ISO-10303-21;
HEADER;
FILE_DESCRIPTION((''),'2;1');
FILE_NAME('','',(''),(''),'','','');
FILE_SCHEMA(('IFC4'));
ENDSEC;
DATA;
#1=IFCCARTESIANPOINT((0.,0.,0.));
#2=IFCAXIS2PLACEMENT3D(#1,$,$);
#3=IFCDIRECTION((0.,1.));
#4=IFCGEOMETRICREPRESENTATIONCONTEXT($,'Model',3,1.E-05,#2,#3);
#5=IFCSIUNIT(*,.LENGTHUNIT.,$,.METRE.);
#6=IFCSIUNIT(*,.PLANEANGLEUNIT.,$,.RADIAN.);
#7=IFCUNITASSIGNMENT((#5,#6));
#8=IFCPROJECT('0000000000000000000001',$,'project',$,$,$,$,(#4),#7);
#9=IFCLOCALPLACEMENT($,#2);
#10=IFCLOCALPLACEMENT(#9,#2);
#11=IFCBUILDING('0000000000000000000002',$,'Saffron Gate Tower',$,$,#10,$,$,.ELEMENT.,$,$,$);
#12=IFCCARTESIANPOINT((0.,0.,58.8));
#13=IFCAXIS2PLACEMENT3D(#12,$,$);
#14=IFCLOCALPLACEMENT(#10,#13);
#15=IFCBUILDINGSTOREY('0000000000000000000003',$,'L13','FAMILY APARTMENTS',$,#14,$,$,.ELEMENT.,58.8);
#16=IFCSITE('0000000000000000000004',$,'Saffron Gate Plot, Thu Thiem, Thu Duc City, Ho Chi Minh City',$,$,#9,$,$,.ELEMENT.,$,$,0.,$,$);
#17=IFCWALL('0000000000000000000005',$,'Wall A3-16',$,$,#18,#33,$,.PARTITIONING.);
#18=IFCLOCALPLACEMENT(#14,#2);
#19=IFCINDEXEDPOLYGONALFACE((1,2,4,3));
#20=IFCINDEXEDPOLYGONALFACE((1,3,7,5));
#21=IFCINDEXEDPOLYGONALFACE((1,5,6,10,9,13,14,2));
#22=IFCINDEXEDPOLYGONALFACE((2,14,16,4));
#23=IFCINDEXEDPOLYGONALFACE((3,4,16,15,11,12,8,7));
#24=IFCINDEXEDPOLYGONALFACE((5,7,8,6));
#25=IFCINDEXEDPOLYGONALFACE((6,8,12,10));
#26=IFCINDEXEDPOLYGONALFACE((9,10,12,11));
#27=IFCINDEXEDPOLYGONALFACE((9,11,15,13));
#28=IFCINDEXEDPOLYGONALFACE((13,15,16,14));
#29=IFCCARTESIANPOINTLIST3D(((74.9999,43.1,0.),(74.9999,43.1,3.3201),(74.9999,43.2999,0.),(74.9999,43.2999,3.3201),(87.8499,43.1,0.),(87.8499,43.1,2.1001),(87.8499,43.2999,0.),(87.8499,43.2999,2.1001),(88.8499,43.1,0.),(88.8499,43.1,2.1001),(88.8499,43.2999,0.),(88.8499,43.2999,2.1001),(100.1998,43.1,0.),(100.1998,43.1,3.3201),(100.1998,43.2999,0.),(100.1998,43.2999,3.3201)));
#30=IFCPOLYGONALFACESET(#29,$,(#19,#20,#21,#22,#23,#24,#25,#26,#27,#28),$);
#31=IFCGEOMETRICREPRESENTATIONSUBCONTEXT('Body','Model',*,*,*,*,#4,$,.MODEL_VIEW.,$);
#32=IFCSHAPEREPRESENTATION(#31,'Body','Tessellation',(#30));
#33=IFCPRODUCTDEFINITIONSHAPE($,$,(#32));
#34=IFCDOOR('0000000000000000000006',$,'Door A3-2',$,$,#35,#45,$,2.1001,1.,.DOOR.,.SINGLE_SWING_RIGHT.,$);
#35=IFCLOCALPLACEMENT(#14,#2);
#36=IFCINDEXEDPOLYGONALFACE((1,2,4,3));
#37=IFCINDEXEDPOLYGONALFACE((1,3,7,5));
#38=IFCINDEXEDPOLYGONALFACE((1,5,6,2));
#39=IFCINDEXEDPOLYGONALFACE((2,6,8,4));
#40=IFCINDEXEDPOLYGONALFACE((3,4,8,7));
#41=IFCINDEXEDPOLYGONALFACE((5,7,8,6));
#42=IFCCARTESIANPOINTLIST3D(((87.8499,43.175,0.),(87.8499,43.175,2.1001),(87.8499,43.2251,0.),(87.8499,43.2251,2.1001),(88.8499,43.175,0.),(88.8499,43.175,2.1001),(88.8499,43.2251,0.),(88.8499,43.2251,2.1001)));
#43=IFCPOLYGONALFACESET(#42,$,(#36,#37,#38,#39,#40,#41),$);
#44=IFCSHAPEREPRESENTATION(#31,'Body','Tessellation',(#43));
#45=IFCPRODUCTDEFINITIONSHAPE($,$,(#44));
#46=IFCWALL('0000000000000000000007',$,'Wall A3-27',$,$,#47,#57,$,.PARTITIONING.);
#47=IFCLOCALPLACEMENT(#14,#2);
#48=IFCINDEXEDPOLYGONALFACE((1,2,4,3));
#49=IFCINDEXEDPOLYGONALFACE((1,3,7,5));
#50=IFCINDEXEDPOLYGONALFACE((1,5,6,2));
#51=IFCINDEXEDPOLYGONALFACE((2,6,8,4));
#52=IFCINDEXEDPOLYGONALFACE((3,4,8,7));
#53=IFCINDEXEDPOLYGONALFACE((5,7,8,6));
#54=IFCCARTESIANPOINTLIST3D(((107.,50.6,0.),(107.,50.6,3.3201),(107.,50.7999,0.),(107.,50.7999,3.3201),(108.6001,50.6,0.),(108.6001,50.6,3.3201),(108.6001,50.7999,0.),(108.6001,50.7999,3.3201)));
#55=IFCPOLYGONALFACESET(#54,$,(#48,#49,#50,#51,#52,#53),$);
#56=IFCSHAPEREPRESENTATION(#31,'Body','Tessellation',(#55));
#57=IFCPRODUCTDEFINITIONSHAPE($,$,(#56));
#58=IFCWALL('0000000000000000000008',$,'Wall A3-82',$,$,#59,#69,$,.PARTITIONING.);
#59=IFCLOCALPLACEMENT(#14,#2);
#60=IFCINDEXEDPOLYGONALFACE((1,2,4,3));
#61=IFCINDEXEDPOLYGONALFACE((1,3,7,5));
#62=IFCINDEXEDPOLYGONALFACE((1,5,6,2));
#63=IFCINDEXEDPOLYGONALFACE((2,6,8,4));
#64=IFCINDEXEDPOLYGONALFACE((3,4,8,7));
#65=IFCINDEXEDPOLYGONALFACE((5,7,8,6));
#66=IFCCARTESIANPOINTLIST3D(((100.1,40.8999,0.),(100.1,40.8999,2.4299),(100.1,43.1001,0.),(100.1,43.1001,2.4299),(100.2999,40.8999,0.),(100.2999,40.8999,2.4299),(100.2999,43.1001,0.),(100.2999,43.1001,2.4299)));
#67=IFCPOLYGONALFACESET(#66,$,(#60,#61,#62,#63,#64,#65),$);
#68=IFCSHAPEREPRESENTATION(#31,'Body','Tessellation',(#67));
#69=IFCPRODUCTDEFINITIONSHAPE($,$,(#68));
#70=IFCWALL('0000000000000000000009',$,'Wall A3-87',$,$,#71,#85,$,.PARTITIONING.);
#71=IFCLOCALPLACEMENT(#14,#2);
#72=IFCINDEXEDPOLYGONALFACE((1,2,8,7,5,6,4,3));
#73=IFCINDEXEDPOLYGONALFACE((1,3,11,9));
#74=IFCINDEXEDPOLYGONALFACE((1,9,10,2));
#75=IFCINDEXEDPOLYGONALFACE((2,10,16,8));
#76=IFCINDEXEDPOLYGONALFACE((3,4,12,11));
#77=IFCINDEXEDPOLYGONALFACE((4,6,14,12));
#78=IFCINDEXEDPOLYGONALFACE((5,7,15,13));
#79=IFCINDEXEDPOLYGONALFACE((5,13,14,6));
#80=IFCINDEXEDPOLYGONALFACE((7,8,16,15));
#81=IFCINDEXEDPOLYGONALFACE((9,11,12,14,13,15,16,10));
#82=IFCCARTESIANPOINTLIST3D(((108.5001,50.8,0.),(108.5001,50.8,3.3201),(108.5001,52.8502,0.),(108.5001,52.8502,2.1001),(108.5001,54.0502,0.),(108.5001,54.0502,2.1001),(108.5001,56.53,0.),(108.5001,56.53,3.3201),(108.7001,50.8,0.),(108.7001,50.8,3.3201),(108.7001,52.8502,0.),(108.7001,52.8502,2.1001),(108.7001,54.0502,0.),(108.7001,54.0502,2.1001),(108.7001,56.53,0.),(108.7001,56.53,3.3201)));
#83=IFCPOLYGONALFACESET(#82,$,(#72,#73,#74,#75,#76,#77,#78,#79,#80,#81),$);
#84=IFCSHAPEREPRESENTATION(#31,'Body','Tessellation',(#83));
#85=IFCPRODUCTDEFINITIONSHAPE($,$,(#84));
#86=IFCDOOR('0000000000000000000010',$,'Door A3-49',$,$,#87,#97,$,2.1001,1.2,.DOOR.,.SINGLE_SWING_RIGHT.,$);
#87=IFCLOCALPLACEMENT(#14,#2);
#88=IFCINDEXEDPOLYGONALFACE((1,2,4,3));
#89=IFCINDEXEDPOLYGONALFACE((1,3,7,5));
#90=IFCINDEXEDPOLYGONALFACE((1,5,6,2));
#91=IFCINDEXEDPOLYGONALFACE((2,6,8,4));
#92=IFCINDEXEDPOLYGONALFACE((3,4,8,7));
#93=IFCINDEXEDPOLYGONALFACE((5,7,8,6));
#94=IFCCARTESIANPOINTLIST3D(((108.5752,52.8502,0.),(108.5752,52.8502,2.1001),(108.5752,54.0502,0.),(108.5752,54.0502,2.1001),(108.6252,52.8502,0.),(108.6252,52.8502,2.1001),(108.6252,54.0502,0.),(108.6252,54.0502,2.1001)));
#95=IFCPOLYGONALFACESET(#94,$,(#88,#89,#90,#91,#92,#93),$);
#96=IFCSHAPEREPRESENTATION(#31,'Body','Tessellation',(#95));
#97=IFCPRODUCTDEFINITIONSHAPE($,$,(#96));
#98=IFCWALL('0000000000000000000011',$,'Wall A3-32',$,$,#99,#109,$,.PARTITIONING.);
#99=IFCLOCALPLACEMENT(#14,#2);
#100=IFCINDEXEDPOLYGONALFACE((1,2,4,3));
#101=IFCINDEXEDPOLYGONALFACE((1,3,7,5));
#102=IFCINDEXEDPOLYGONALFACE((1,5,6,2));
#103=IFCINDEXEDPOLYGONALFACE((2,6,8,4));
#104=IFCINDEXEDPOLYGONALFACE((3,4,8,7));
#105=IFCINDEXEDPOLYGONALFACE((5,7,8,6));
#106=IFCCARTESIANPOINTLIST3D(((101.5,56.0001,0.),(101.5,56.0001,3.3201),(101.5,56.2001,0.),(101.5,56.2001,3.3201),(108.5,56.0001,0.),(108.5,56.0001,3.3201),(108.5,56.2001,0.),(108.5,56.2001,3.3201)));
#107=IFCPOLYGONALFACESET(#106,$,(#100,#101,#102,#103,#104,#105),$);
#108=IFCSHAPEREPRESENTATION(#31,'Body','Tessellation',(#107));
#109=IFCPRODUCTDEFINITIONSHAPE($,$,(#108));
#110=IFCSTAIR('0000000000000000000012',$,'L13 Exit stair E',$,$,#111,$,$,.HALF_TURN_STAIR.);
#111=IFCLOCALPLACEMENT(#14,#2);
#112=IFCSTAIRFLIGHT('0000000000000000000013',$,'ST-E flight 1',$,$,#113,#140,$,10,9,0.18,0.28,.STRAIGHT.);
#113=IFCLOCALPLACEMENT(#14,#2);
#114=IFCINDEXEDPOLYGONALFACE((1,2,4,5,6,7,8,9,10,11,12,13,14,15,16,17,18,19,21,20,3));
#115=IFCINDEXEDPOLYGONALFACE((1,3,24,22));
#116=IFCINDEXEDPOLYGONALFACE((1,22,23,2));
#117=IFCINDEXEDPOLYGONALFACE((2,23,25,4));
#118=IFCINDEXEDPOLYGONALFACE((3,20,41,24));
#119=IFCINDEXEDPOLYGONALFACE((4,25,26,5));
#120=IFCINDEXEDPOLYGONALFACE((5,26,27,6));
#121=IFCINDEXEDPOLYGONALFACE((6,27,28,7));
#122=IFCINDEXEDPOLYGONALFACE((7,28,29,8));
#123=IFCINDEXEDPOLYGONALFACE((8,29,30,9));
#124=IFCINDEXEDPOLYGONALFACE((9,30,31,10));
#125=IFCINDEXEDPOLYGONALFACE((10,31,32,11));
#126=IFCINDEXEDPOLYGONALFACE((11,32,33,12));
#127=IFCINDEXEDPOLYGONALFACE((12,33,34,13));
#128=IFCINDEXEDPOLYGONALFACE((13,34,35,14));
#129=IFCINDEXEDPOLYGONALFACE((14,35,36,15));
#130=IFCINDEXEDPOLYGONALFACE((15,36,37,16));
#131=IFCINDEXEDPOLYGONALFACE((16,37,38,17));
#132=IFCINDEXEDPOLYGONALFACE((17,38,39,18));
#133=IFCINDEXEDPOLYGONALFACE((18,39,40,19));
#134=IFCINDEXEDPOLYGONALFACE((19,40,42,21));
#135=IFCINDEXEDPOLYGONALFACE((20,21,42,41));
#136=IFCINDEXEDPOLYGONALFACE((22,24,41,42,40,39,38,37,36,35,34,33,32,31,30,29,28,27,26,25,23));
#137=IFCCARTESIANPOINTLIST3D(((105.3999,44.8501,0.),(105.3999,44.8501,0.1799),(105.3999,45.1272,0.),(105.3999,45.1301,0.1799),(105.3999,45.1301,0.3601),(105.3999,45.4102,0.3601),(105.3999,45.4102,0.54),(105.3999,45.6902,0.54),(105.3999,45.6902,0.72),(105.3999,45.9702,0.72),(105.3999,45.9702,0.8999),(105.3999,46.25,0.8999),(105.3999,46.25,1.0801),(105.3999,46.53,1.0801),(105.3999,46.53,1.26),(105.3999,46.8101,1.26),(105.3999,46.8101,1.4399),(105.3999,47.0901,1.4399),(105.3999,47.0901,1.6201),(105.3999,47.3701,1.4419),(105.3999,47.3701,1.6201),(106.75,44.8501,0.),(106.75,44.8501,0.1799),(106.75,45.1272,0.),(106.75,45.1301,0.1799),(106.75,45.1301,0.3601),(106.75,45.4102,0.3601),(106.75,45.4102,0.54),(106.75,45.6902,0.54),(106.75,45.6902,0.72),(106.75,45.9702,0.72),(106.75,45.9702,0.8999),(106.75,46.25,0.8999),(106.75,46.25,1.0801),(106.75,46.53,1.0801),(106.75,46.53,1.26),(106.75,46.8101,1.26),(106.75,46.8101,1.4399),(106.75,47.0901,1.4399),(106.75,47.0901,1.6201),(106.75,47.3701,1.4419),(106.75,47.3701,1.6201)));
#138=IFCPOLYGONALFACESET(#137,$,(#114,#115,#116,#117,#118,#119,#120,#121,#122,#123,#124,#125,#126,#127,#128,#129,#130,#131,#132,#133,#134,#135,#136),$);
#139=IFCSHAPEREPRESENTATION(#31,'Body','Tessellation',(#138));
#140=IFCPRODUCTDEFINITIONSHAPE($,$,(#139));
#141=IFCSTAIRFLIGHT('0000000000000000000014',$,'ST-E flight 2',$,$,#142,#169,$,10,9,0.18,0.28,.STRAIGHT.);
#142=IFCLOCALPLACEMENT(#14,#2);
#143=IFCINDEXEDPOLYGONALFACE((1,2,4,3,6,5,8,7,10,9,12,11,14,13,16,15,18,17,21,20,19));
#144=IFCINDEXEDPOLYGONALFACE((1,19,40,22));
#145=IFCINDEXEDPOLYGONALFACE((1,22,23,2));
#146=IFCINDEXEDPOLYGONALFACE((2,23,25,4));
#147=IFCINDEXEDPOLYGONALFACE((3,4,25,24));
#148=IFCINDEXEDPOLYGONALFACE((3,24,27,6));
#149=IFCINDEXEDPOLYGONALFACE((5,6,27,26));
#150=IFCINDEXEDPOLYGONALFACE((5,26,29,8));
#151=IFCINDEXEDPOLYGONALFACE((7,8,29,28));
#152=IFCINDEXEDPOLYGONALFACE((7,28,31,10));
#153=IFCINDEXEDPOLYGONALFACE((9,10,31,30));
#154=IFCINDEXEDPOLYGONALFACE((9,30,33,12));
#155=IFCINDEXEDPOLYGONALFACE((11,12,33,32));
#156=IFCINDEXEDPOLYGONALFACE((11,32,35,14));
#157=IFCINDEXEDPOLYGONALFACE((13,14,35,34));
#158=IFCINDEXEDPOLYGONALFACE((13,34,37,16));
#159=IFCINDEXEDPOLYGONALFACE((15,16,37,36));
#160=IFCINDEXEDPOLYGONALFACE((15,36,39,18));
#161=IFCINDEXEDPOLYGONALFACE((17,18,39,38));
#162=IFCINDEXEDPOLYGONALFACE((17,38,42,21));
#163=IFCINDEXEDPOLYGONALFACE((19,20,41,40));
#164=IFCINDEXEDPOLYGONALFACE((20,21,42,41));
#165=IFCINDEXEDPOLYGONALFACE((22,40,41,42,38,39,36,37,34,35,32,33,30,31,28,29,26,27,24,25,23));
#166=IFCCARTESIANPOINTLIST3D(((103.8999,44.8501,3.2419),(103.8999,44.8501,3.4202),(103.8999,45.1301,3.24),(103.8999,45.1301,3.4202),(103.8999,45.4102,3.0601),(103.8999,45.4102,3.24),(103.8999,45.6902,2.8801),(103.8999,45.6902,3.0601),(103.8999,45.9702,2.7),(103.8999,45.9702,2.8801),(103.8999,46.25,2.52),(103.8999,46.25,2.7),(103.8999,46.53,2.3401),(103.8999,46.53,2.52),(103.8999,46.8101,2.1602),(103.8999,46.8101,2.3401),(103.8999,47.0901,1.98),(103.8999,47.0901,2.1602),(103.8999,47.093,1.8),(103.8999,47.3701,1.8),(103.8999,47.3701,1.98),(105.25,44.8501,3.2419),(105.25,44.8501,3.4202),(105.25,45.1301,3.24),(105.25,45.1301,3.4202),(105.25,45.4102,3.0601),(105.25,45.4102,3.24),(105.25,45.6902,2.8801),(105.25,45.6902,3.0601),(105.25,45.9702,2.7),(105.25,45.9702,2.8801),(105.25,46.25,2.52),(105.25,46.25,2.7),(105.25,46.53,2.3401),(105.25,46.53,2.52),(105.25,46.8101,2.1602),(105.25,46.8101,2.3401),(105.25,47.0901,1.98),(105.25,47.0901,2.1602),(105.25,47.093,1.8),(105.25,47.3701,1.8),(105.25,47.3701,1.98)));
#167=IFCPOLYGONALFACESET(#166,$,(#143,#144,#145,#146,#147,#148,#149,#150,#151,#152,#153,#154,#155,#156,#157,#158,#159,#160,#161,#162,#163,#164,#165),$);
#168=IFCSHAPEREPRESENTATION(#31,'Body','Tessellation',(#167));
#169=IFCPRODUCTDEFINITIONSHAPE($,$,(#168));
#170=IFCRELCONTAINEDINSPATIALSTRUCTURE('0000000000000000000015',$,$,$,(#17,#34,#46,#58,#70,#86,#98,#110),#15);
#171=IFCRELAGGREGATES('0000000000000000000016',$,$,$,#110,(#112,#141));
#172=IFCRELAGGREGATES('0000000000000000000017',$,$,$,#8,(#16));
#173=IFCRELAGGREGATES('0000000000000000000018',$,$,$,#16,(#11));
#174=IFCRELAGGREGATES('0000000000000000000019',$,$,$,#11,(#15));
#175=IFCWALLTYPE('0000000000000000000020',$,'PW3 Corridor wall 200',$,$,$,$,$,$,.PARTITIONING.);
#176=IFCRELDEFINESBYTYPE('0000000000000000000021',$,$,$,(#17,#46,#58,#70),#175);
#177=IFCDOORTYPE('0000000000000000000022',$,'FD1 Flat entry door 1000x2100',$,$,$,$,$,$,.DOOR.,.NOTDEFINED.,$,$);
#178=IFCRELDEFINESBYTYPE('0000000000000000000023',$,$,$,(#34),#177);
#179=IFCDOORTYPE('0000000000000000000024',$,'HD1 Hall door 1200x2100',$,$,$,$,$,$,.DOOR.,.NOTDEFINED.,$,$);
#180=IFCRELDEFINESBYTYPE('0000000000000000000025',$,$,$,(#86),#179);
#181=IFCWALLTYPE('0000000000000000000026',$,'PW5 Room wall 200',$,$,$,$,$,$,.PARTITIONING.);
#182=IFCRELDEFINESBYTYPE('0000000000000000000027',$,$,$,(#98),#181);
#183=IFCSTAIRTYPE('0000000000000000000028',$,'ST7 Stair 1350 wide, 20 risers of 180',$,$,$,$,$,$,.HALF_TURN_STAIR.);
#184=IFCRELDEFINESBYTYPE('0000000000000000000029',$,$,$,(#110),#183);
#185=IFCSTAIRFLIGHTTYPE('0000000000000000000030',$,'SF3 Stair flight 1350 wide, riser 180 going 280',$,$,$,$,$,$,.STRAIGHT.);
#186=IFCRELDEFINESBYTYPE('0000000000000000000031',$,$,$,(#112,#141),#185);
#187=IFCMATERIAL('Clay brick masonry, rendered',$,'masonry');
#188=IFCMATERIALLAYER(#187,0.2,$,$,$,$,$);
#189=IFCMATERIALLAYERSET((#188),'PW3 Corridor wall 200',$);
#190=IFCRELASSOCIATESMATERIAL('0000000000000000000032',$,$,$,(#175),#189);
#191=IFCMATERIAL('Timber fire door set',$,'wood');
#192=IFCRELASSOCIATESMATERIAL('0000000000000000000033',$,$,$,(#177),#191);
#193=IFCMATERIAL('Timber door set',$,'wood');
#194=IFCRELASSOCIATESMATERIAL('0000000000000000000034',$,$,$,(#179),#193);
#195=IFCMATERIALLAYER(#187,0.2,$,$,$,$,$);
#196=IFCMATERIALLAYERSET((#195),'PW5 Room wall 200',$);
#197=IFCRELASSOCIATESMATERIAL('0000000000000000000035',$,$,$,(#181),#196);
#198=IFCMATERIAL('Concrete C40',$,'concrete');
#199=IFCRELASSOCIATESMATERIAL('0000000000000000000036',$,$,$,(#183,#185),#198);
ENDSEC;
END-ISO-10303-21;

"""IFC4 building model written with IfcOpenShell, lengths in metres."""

from ifc_helpers import new_model, si_unit, direction, frame, frame_2d, origin, place, context, subcontext, project, spatial, polyline, rectangle, outline, extrude, material, layer, layer_set, type_object, element, fill, aggregate, save


model = new_model("IFC4")

# Units and contexts
model_context = context("Model", 3, precision=1e-05, world=origin(), true_north=direction((0.0, 1.0)))
body_context = subcontext(model_context, "Body", "Model", "MODEL_VIEW")
ifc_project = project(units=[si_unit("LENGTHUNIT", "METRE"), si_unit("PLANEANGLEUNIT", "RADIAN")], contexts=[model_context])

# Site, building, storey
site_placement = place(None, origin())
site = spatial("IfcSite", under=ifc_project, at=site_placement, Name="Saffron Gate Plot, Thu Thiem, Thu Duc City, Ho Chi Minh City", CompositionType="ELEMENT", RefElevation=0.0)
building_placement = place(site_placement, origin())
building = spatial("IfcBuilding", under=site, at=building_placement, Name="Saffron Gate Tower", CompositionType="ELEMENT")
storey_placement = place(building_placement, frame((0.0, 0.0, 58.8)))
storey = spatial("IfcBuildingStorey", under=building, at=storey_placement, Name="L13", Description="FAMILY APARTMENTS", CompositionType="ELEMENT", Elevation=58.8)

# Shared definitions
ifc_material_1 = material(Name="Timber door set", Category="wood")

# Wall, opening, door
ifc_material_2 = material(Name="Clay brick masonry, rendered", Category="masonry")
ifc_layer_1 = layer(ifc_material_2, 0.2)
ifc_layer_set_1 = layer_set([ifc_layer_1], Name="PW3 Corridor wall 200")
wall_type_1 = type_object("IfcWallType", Name="PW3 Corridor wall 200", PredefinedType="PARTITIONING", material=ifc_layer_set_1)
wall_1_placement = place(storey_placement, frame((100.2, 43.2, 0.0), z_axis=(0.0, 0.0, 1.0), x_axis=(-1.0, 0.0, 0.0)))
wall_1 = element("IfcWall", 1, at=wall_1_placement, inside=storey, type_object=wall_type_1, Name="Wall A3-16", PredefinedType="PARTITIONING", context=body_context, shape_type="SweptSolid", body=[
    extrude(rectangle(XDim=25.2, YDim=0.2, at=frame_2d((12.6001, 0.0))), origin(), (0.0, 0.0, 1.0), 3.3201),
])
opening_1_placement = place(wall_1_placement, frame((11.3501, 0.0, 0.0)))
opening_1 = element("IfcOpeningElement", 2, at=opening_1_placement, cuts=wall_1, PredefinedType="OPENING", context=body_context, shape_type="SweptSolid", body=[
    extrude(rectangle(XDim=1.0, YDim=2.1001, at=frame_2d((0.5, 1.05))), frame((0.0, 0.1099, 0.0), z_axis=(0.0, -1.0, 0.0), x_axis=(1.0, 0.0, 0.0)), (0.0, 0.0, 1.0), 0.22),
])
ifc_material_3 = material(Name="Timber fire door set", Category="wood")
door_type_1 = type_object("IfcDoorType", Name="FD1 Flat entry door 1000x2100", OperationType="NOTDEFINED", PredefinedType="DOOR", material=ifc_material_3)
door_1_placement = place(opening_1_placement, origin())
door_1 = element("IfcDoor", 3, at=door_1_placement, inside=storey, type_object=door_type_1, Name="Door A3-2", OperationType="SINGLE_SWING_RIGHT", OverallHeight=2.1001, OverallWidth=1.0, PredefinedType="DOOR", context=body_context, shape_type="SweptSolid", body=[
    extrude(rectangle(XDim=1.0, YDim=2.1001, at=frame_2d((0.5, 1.05))), frame((0.0, 0.0249, 0.0), z_axis=(0.0, -1.0, 0.0), x_axis=(1.0, 0.0, 0.0)), (0.0, 0.0, 1.0), 0.05),
])
fill(opening_1, door_1)

# Walls
wall_2_placement = place(storey_placement, frame((107.0, 50.7, 0.0), z_axis=(0.0, 0.0, 1.0), x_axis=(1.0, 0.0, 0.0)))
element("IfcWall", 4, at=wall_2_placement, inside=storey, type_object=wall_type_1, Name="Wall A3-27", PredefinedType="PARTITIONING", context=body_context, shape_type="SweptSolid", body=[
    extrude(rectangle(XDim=1.6001, YDim=0.2, at=frame_2d((0.8, 0.0))), origin(), (0.0, 0.0, 1.0), 3.3201),
])
wall_3_placement = place(storey_placement, frame((100.2, 43.1001, 0.0), z_axis=(0.0, 0.0, 1.0), x_axis=(0.0, -1.0, 0.0)))
element("IfcWall", 5, at=wall_3_placement, inside=storey, type_object=wall_type_1, Name="Wall A3-82", PredefinedType="PARTITIONING", context=body_context, shape_type="SweptSolid", body=[
    extrude(rectangle(XDim=2.2002, YDim=0.2, at=frame_2d((1.1001, 0.0))), origin(), (0.0, 0.0, 1.0), 2.4299),
])

# Wall, opening, door
wall_4_placement = place(storey_placement, frame((108.6001, 50.8, 0.0), z_axis=(0.0, 0.0, 1.0), x_axis=(0.0, 1.0, 0.0)))
wall_4 = element("IfcWall", 6, at=wall_4_placement, inside=storey, type_object=wall_type_1, Name="Wall A3-87", PredefinedType="PARTITIONING", context=body_context, shape_type="SweptSolid", body=[
    extrude(rectangle(XDim=5.73, YDim=0.2, at=frame_2d((2.865, 0.0))), origin(), (0.0, 0.0, 1.0), 3.3201),
])
opening_2_placement = place(wall_4_placement, frame((2.05, 0.0, 0.0)))
opening_2 = element("IfcOpeningElement", 7, at=opening_2_placement, cuts=wall_4, PredefinedType="OPENING", context=body_context, shape_type="SweptSolid", body=[
    extrude(rectangle(XDim=1.2, YDim=2.1001, at=frame_2d((0.6001, 1.05))), frame((0.0, 0.1099, 0.0), z_axis=(0.0, -1.0, 0.0), x_axis=(1.0, 0.0, 0.0)), (0.0, 0.0, 1.0), 0.22),
])
door_type_2 = type_object("IfcDoorType", Name="HD1 Hall door 1200x2100", OperationType="NOTDEFINED", PredefinedType="DOOR", material=ifc_material_1)
door_2_placement = place(opening_2_placement, origin())
door_2 = element("IfcDoor", 8, at=door_2_placement, inside=storey, type_object=door_type_2, Name="Door A3-49", OperationType="SINGLE_SWING_RIGHT", OverallHeight=2.1001, OverallWidth=1.2, PredefinedType="DOOR", context=body_context, shape_type="SweptSolid", body=[
    extrude(rectangle(XDim=1.2, YDim=2.1001, at=frame_2d((0.6001, 1.05))), frame((0.0, 0.0249, 0.0), z_axis=(0.0, -1.0, 0.0), x_axis=(1.0, 0.0, 0.0)), (0.0, 0.0, 1.0), 0.05),
])
fill(opening_2, door_2)

# Wall
ifc_layer_2 = layer(ifc_material_2, 0.2)
ifc_layer_set_2 = layer_set([ifc_layer_2], Name="PW5 Room wall 200")
wall_type_2 = type_object("IfcWallType", Name="PW5 Room wall 200", PredefinedType="PARTITIONING", material=ifc_layer_set_2)
wall_5_placement = place(storey_placement, frame((101.5, 56.1001, 0.0), z_axis=(0.0, 0.0, 1.0), x_axis=(1.0, 0.0, 0.0)))
element("IfcWall", 9, at=wall_5_placement, inside=storey, type_object=wall_type_2, Name="Wall A3-32", PredefinedType="PARTITIONING", context=body_context, shape_type="SweptSolid", body=[
    extrude(rectangle(XDim=7.0, YDim=0.2, at=frame_2d((3.5, 0.0))), origin(), (0.0, 0.0, 1.0), 3.3201),
])

# Stair, stair flights
ifc_material_4 = material(Name="Concrete C40", Category="concrete")
stair_type = type_object("IfcStairType", Name="ST7 Stair 1350 wide, 20 risers of 180", PredefinedType="HALF_TURN_STAIR", material=ifc_material_4)
stair_placement = place(storey_placement, origin())
stair = element("IfcStair", 10, at=stair_placement, inside=storey, type_object=stair_type, Name="L13 Exit stair E", PredefinedType="HALF_TURN_STAIR")
stair_flight_type = type_object("IfcStairFlightType", Name="SF3 Stair flight 1350 wide, riser 180 going 280", PredefinedType="STRAIGHT", material=ifc_material_4)
stair_flight_1_placement = place(storey_placement, frame((106.075, 44.8501, 0.0), z_axis=(0.0, 0.0, 1.0), x_axis=(0.0, 1.0, 0.0)))
stair_flight_1 = element("IfcStairFlight", 11, at=stair_flight_1_placement, type_object=stair_flight_type, Name="ST-E flight 1", NumberOfRisers=10, NumberOfTreads=9, PredefinedType="STRAIGHT", RiserHeight=0.18, TreadLength=0.28, context=body_context, shape_type="SweptSolid", body=[
    extrude(outline(polyline([(0.0, 0.0), (0.0, 0.1799), (0.28, 0.1799), (0.28, 0.3601), (0.5601, 0.3601), (0.5601, 0.54), (0.8401, 0.54), (0.8401, 0.72), (1.1201, 0.72), (1.1201, 0.8999), (1.3999, 0.8999), (1.3999, 1.0801), (1.6799, 1.0801), (1.6799, 1.26), (1.96, 1.26), (1.96, 1.4399), (2.24, 1.4399), (2.24, 1.6201), (2.52, 1.6201), (2.52, 1.8), (2.52, 1.4419), (0.2771, 0.0), (0.0, 0.0)])), frame((0.0, 0.675, 0.0), z_axis=(0.0, -1.0, 0.0), x_axis=(1.0, 0.0, 0.0)), (0.0, 0.0, 1.0), 1.3501),
])
stair_flight_2_placement = place(storey_placement, frame((104.575, 47.3701, 1.8), z_axis=(0.0, 0.0, 1.0), x_axis=(0.0, -1.0, 0.0)))
stair_flight_2 = element("IfcStairFlight", 12, at=stair_flight_2_placement, type_object=stair_flight_type, Name="ST-E flight 2", NumberOfRisers=10, NumberOfTreads=9, PredefinedType="STRAIGHT", RiserHeight=0.18, TreadLength=0.28, context=body_context, shape_type="SweptSolid", body=[
    extrude(outline(polyline([(0.0, 0.0), (0.0, 0.1799), (0.28, 0.1799), (0.28, 0.3601), (0.5601, 0.3601), (0.5601, 0.54), (0.8401, 0.54), (0.8401, 0.72), (1.1201, 0.72), (1.1201, 0.8999), (1.3999, 0.8999), (1.3999, 1.0801), (1.6799, 1.0801), (1.6799, 1.26), (1.96, 1.26), (1.96, 1.4399), (2.24, 1.4399), (2.24, 1.6201), (2.52, 1.6201), (2.52, 1.8), (2.52, 1.4419), (0.2771, 0.0), (0.0, 0.0)])), frame((0.0, 0.675, 0.0), z_axis=(0.0, -1.0, 0.0), x_axis=(1.0, 0.0, 0.0)), (0.0, 0.0, 1.0), 1.3501),
])
aggregate(stair, [stair_flight_1, stair_flight_2])

save(model, "model.ifc")
